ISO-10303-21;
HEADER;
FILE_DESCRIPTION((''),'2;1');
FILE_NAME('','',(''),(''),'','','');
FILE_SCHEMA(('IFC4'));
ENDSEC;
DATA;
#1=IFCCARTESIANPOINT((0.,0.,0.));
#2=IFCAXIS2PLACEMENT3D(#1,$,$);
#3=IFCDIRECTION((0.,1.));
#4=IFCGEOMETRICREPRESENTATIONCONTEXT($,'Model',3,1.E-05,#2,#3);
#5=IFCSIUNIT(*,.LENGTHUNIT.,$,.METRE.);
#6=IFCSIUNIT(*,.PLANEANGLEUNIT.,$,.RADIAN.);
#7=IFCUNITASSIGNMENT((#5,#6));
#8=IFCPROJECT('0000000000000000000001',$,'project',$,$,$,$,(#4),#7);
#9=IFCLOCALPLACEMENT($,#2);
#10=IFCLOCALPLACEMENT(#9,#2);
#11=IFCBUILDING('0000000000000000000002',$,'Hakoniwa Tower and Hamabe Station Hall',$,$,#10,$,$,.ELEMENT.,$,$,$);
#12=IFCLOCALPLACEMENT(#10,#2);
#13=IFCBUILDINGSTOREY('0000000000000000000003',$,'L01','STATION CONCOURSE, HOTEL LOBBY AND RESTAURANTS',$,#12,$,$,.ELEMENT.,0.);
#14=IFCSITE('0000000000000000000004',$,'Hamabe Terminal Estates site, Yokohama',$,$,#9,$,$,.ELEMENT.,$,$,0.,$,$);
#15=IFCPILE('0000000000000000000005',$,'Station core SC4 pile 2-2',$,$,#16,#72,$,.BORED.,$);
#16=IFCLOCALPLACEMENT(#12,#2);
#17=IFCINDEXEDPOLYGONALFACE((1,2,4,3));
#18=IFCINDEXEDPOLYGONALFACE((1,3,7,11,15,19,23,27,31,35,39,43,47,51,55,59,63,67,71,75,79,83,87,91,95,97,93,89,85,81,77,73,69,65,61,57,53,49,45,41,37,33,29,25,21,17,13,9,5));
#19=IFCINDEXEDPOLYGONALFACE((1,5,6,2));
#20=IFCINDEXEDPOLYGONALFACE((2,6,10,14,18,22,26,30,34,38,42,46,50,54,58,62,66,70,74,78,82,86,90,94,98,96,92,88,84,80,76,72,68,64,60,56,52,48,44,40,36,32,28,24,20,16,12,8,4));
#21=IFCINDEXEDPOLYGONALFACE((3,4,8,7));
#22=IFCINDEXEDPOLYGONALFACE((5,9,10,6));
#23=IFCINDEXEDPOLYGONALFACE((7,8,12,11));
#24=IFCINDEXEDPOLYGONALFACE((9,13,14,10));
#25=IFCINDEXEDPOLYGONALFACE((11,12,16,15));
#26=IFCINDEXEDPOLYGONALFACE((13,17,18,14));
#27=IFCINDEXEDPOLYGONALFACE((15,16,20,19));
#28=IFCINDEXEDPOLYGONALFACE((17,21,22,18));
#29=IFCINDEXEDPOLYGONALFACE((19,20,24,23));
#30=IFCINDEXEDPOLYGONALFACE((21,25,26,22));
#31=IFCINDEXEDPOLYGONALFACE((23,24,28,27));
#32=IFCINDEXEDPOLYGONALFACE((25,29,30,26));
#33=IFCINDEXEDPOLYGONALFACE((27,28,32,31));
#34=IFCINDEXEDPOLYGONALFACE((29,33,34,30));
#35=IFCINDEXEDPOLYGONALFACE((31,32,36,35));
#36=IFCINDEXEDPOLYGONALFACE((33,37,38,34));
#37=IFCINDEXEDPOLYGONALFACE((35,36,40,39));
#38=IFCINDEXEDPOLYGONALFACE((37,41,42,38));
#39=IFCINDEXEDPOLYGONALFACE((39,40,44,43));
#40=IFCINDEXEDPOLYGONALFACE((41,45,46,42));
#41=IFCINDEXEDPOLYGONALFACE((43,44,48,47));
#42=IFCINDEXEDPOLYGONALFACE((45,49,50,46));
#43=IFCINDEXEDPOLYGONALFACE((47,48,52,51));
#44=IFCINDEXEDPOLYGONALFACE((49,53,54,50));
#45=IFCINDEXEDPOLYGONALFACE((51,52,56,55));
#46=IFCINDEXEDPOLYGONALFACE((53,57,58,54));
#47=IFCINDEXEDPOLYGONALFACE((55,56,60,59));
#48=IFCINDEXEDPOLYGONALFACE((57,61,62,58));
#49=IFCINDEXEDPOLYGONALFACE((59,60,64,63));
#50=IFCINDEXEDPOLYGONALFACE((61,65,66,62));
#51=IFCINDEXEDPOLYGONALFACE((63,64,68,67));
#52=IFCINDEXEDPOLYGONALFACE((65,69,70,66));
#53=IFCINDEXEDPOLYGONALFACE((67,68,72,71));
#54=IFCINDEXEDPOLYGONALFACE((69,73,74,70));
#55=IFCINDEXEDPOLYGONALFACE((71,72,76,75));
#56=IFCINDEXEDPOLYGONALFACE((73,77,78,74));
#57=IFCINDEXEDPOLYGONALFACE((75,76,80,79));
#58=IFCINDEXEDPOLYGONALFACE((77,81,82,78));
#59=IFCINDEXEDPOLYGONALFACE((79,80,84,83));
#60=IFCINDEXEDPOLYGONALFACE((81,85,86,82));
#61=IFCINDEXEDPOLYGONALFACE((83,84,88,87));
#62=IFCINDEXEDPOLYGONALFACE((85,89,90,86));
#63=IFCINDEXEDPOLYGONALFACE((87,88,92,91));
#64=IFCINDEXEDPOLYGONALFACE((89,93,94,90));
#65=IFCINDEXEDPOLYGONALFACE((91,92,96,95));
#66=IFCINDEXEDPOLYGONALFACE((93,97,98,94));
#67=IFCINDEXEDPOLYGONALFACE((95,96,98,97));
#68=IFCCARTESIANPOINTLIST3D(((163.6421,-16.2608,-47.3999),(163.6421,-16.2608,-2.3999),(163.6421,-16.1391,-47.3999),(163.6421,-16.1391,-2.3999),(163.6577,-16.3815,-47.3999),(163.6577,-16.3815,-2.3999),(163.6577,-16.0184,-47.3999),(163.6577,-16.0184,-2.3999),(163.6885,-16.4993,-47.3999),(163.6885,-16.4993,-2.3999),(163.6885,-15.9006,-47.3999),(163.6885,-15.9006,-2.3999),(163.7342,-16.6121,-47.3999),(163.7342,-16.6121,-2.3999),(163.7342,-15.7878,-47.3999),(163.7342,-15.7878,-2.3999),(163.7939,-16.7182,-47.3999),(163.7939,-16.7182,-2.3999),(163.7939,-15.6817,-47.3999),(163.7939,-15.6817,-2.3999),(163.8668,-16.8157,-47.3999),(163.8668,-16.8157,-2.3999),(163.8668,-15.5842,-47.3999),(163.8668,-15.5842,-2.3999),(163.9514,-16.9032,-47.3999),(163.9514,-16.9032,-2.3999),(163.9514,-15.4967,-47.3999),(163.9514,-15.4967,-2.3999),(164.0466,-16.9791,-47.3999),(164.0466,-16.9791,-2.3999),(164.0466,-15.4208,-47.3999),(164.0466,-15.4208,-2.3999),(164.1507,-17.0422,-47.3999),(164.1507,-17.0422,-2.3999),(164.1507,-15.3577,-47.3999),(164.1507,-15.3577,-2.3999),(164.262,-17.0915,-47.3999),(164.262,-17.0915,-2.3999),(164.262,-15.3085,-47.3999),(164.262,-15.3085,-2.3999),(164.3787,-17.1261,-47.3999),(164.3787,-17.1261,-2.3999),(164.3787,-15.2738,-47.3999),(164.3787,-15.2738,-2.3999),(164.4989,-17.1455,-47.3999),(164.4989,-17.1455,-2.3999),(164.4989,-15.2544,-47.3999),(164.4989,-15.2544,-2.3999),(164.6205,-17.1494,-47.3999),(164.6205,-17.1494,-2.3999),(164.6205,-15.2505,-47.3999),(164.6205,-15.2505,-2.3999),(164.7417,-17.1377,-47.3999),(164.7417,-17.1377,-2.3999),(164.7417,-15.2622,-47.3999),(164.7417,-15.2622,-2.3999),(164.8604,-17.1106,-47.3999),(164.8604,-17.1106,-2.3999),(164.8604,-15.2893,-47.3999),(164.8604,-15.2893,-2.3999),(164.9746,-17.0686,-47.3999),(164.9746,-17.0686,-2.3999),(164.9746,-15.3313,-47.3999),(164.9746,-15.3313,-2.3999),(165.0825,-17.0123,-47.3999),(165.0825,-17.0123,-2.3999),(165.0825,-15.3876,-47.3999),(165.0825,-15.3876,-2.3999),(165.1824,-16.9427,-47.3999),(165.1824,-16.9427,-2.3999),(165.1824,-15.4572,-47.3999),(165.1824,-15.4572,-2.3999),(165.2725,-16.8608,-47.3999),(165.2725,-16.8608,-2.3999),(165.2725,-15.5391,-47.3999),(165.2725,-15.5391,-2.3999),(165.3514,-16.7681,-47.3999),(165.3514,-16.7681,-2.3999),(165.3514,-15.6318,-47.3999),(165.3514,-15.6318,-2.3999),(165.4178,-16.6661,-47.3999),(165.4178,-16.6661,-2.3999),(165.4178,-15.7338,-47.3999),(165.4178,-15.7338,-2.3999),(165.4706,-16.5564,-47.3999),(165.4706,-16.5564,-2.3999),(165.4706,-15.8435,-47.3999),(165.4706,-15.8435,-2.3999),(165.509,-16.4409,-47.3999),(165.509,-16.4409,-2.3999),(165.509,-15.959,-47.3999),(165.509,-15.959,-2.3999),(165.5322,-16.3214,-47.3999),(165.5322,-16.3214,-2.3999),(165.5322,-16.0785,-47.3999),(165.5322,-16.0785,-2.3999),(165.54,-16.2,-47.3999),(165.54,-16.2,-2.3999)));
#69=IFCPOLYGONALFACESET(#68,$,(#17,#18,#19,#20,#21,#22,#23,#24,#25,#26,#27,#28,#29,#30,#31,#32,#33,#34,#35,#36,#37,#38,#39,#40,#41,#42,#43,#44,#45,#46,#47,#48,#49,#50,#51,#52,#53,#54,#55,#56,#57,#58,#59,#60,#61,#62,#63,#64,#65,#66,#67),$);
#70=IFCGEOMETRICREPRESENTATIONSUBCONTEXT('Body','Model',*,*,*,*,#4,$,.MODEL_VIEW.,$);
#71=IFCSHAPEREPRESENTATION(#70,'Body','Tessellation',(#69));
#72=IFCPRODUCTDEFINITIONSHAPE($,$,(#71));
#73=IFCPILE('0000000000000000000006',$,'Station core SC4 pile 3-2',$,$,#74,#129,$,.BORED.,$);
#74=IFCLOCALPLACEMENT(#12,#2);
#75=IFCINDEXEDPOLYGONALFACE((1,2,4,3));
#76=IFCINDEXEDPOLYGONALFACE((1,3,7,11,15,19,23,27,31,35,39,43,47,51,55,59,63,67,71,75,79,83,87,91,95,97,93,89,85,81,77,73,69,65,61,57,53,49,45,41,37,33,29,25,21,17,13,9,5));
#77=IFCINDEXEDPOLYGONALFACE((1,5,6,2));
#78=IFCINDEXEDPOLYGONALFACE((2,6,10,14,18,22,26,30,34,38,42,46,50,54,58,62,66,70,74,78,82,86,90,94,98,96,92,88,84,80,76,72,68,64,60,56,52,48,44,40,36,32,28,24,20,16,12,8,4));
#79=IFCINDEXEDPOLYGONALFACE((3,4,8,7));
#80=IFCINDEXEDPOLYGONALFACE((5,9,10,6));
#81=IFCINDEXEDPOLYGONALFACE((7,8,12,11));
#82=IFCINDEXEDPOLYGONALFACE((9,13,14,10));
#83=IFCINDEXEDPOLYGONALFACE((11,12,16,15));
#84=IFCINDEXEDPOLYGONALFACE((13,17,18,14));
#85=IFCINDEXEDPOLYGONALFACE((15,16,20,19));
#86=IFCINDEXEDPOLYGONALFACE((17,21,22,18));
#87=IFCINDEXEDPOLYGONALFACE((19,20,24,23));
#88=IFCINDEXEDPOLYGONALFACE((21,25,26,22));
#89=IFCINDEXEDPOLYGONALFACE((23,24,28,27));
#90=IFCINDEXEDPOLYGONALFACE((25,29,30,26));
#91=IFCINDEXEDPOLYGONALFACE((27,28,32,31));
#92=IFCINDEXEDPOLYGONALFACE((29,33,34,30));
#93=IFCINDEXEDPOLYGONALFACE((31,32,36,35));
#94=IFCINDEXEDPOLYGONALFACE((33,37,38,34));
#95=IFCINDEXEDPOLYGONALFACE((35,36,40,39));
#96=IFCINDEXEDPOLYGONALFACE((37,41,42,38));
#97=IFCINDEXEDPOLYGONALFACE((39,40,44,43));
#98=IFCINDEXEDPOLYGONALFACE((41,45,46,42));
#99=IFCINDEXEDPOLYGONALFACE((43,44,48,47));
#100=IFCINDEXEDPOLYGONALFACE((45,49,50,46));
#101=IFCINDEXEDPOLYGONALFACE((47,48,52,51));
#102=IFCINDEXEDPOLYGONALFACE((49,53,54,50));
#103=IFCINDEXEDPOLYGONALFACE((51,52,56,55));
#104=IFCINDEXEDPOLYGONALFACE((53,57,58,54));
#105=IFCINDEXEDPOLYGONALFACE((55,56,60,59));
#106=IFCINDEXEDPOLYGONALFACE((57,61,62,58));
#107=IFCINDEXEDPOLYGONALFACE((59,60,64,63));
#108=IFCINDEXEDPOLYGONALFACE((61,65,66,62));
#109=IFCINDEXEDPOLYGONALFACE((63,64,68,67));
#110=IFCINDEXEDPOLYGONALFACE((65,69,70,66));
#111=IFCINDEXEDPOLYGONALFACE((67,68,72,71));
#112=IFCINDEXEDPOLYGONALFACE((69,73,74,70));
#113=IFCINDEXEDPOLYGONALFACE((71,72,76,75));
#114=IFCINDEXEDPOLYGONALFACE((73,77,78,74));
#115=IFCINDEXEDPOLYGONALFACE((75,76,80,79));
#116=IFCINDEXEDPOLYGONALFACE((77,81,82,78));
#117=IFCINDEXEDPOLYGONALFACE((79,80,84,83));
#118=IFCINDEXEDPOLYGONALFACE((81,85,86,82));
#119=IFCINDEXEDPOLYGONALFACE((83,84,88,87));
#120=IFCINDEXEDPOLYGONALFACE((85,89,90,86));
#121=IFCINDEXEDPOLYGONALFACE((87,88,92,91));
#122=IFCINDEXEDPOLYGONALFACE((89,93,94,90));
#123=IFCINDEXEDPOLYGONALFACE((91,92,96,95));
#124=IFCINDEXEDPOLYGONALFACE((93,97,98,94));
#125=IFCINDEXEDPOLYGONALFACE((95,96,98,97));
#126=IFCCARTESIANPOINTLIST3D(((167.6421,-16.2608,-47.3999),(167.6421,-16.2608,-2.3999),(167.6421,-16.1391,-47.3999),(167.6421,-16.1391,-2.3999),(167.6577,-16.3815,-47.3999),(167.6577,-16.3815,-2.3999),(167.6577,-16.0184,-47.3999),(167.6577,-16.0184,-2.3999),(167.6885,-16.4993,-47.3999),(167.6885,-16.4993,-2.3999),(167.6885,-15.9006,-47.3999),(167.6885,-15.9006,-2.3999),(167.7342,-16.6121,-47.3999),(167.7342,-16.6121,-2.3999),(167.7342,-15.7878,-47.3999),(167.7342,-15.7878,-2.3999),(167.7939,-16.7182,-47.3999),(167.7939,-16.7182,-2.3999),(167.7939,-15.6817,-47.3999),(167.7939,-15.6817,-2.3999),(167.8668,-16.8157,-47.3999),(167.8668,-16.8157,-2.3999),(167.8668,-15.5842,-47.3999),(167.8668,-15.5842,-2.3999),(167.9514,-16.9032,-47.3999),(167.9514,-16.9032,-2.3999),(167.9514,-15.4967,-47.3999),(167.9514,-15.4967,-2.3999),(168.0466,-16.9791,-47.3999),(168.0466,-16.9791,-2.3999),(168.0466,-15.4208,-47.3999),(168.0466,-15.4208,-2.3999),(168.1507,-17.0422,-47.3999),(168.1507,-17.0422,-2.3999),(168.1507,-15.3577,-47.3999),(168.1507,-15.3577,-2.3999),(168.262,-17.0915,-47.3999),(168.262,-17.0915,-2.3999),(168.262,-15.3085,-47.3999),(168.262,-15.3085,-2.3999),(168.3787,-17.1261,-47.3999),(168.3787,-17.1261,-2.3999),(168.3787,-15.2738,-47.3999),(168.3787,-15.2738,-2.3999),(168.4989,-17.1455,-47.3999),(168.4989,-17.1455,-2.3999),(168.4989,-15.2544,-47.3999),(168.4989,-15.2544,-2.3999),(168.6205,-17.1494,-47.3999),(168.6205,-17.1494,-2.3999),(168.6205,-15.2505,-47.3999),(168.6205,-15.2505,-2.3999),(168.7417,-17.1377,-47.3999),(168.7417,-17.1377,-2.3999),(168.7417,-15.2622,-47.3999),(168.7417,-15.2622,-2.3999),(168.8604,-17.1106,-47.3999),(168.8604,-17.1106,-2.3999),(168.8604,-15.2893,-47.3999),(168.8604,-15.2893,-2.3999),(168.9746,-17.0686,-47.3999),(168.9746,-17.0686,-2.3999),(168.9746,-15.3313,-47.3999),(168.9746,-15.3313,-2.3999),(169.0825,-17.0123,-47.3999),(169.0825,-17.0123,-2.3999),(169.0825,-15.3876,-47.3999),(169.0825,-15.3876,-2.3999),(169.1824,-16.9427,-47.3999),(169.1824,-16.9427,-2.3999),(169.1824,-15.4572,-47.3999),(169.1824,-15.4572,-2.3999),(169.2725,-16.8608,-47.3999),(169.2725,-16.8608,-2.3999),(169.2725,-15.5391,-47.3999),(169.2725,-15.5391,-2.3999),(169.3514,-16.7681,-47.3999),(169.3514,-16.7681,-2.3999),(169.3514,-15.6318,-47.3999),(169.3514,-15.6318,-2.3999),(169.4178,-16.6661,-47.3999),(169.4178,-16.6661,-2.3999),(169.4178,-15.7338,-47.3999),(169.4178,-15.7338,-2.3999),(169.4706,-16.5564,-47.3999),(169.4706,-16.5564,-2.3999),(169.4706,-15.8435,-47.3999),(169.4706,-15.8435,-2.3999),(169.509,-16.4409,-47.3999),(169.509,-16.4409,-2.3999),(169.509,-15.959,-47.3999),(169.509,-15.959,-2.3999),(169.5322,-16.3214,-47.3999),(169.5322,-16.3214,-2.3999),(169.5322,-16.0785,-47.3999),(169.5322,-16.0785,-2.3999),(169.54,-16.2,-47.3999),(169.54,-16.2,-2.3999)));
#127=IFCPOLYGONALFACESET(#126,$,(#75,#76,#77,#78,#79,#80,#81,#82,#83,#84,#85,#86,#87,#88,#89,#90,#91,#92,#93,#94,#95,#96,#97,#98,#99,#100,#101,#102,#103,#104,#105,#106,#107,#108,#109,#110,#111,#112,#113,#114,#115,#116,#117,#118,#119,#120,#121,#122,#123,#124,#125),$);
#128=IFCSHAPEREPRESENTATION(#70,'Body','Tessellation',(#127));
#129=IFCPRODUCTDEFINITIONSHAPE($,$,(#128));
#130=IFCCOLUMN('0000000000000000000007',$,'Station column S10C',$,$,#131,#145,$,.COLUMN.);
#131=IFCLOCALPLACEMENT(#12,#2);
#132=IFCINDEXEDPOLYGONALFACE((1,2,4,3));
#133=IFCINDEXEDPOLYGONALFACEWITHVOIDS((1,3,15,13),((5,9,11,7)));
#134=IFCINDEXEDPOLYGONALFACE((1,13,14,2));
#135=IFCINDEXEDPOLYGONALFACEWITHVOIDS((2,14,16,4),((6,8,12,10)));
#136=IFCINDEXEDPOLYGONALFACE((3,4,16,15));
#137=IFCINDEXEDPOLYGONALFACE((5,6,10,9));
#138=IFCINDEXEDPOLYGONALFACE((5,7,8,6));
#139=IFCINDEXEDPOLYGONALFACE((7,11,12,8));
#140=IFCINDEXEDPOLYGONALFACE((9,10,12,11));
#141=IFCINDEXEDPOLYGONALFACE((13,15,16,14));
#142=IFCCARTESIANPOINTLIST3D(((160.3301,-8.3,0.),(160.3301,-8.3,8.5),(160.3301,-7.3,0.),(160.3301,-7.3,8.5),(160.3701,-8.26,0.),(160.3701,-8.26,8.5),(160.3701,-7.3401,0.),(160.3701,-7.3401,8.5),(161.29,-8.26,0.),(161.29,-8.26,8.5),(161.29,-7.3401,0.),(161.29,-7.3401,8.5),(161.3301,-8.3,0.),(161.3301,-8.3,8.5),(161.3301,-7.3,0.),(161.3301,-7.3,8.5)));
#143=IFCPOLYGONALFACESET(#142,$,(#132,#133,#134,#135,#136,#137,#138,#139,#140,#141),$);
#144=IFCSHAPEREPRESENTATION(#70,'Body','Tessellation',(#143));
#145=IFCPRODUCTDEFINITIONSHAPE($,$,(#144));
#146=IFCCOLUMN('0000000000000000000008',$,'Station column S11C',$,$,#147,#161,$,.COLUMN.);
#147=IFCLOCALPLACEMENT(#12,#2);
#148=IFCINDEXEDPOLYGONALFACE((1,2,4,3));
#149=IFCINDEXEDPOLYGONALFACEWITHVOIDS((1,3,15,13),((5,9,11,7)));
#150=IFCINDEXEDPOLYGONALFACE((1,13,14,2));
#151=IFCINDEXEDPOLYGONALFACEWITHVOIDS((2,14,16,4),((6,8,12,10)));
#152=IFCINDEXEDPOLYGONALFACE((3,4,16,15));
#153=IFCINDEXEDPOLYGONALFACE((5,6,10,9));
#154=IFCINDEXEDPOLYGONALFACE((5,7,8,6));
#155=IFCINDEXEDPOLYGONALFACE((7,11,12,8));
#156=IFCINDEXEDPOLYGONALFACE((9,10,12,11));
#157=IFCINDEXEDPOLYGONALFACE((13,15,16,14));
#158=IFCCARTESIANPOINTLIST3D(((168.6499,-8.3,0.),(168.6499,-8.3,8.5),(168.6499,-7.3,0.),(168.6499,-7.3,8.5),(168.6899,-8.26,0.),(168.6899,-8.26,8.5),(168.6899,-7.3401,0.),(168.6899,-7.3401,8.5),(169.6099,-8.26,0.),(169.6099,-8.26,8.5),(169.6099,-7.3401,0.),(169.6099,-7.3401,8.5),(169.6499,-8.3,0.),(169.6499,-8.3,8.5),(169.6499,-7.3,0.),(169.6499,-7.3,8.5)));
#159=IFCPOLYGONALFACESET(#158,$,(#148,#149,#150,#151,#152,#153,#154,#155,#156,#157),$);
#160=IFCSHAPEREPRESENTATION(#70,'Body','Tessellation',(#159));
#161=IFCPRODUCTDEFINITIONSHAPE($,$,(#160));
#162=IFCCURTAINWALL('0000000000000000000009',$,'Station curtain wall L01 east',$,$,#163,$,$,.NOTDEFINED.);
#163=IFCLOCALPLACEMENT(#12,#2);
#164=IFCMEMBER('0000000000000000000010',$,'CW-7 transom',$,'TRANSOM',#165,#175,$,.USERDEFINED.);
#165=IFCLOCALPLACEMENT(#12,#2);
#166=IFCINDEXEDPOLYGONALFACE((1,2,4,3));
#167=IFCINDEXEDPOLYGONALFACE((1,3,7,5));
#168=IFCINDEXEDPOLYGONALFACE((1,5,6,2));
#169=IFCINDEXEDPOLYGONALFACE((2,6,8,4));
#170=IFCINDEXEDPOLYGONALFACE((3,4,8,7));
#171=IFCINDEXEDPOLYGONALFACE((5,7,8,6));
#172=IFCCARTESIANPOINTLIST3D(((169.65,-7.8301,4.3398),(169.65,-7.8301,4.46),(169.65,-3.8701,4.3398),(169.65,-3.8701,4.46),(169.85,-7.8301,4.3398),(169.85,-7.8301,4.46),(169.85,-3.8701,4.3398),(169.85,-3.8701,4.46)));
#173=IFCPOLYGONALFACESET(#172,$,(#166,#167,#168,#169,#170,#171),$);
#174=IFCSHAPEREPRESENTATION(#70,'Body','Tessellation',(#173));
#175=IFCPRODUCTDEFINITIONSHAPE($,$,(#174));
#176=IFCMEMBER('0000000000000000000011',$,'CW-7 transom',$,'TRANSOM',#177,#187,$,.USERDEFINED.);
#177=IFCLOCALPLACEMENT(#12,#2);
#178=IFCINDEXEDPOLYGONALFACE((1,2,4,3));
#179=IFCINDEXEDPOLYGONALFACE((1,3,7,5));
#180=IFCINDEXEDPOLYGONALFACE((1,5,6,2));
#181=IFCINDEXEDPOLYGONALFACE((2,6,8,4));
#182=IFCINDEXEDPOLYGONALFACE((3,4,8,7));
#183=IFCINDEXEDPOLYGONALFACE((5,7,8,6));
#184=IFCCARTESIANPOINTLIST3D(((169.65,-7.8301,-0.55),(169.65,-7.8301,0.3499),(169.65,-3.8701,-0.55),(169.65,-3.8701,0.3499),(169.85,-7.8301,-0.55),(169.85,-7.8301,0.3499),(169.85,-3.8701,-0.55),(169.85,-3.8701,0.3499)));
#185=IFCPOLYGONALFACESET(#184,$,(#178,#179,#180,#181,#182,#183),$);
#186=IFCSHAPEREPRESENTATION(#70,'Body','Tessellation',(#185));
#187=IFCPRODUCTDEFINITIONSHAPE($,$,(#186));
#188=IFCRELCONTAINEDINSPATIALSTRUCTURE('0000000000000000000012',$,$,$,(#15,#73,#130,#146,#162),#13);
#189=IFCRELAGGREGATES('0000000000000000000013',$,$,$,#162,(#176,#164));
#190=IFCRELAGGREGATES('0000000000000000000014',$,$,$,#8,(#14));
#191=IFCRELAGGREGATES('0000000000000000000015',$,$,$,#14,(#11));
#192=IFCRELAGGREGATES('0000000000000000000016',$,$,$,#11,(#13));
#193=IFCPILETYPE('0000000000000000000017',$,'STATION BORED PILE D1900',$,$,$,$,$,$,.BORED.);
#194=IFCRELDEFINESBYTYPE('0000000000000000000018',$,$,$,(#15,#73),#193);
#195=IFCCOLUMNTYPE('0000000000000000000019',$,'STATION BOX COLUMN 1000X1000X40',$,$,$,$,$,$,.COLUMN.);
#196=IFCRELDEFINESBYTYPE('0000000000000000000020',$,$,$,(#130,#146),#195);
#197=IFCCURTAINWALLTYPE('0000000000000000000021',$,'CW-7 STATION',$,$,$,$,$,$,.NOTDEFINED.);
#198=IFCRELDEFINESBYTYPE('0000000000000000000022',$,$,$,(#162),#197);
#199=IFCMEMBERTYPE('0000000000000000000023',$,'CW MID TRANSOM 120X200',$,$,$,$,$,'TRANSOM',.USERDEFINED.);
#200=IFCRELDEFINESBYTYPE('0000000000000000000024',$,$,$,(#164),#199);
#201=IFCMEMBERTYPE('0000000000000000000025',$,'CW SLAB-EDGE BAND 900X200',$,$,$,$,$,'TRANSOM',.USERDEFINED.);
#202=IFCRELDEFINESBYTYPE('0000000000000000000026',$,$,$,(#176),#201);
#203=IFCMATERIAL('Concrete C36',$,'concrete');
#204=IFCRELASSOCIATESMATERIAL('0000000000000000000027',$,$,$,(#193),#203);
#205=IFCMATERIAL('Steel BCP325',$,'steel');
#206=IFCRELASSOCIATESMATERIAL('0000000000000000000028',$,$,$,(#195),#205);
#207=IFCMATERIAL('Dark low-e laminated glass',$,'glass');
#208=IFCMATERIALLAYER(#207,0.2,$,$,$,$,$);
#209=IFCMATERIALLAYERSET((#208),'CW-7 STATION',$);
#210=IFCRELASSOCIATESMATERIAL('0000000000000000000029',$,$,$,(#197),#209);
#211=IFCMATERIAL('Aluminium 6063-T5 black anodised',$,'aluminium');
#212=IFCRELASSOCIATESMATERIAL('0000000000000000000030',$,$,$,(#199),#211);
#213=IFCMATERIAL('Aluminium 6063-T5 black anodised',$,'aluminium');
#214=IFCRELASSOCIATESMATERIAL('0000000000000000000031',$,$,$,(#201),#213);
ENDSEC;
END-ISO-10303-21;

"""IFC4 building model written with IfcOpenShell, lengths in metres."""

from ifc_helpers import new_model, si_unit, direction, frame, origin, origin_2d, place, context, subcontext, project, spatial, rectangle, hollow_rectangle, circle, extrude, material, layer, layer_set, material_profile, profile_set, type_object, element, aggregate, save


model = new_model("IFC4")

# Units and contexts
model_context = context("Model", 3, precision=1e-05, world=origin(), true_north=direction((0.0, 1.0)))
body_context = subcontext(model_context, "Body", "Model", "MODEL_VIEW")
ifc_project = project(units=[si_unit("LENGTHUNIT", "METRE"), si_unit("PLANEANGLEUNIT", "RADIAN")], contexts=[model_context])

# Site, building, storey
site_placement = place(None, origin())
site = spatial("IfcSite", under=ifc_project, at=site_placement, Name="Hamabe Terminal Estates site, Yokohama", CompositionType="ELEMENT", RefElevation=0.0)
building_placement = place(site_placement, origin())
building = spatial("IfcBuilding", under=site, at=building_placement, Name="Hakoniwa Tower and Hamabe Station Hall", CompositionType="ELEMENT")
storey_placement = place(building_placement, origin())
storey = spatial("IfcBuildingStorey", under=building, at=storey_placement, Name="L01", Description="STATION CONCOURSE, HOTEL LOBBY AND RESTAURANTS", CompositionType="ELEMENT", Elevation=0.0)

# Piles
ifc_material_1 = material(Name="Concrete C36", Category="concrete")
ifc_material_profile_1 = material_profile(ifc_material_1, circle(Radius=0.95, at=origin_2d()), Name="STATION BORED PILE D1900")
ifc_profile_set_1 = profile_set([ifc_material_profile_1], Name="Concrete C36")
pile_type = type_object("IfcPileType", Name="STATION BORED PILE D1900", PredefinedType="BORED", material=ifc_profile_set_1)
for number, where, z_axis, x_axis, name in (
    (1, (164.5901, -16.2, -2.3999), (0.0, 0.0, -1.0), (1.0, 0.0, 0.0), "Station core SC4 pile 2-2"),
    (2, (168.5901, -16.2, -2.3999), (0.0, 0.0, -1.0), (1.0, 0.0, 0.0), "Station core SC4 pile 3-2"),
):
    element("IfcPile", number, at=place(storey_placement, frame(where, z_axis=z_axis, x_axis=x_axis)), inside=storey, type_object=pile_type, Name=name, PredefinedType="BORED", context=body_context, shape_type="SweptSolid", body=[
        extrude(circle(Radius=0.95, at=origin_2d()), origin(), (0.0, 0.0, 1.0), 45.0),
    ])

# Columns
ifc_material_2 = material(Name="Steel BCP325", Category="steel")
ifc_material_profile_2 = material_profile(ifc_material_2, hollow_rectangle(XDim=1.0, YDim=1.0, WallThickness=0.04, at=origin_2d()), Name="STATION BOX COLUMN 1000X1000X40")
ifc_profile_set_2 = profile_set([ifc_material_profile_2], Name="Steel BCP325")
column_type = type_object("IfcColumnType", Name="STATION BOX COLUMN 1000X1000X40", PredefinedType="COLUMN", material=ifc_profile_set_2)
for number, where, z_axis, x_axis, name in (
    (3, (160.8301, -7.8, 0.0), (0.0, 0.0, 1.0), (1.0, 0.0, 0.0), "Station column S10C"),
    (4, (169.1499, -7.8, 0.0), (0.0, 0.0, 1.0), (1.0, 0.0, 0.0), "Station column S11C"),
):
    element("IfcColumn", number, at=place(storey_placement, frame(where, z_axis=z_axis, x_axis=x_axis)), inside=storey, type_object=column_type, Name=name, PredefinedType="COLUMN", context=body_context, shape_type="SweptSolid", body=[
        extrude(hollow_rectangle(XDim=1.0, YDim=1.0, WallThickness=0.04, at=origin_2d()), origin(), (0.0, 0.0, 1.0), 8.5),
    ])

# Curtain wall, members
ifc_material_3 = material(Name="Dark low-e laminated glass", Category="glass")
ifc_layer_1 = layer(ifc_material_3, 0.2)
ifc_layer_set_1 = layer_set([ifc_layer_1], Name="CW-7 STATION")
curtain_wall_type = type_object("IfcCurtainWallType", Name="CW-7 STATION", PredefinedType="NOTDEFINED", material=ifc_layer_set_1)
curtain_wall_placement = place(storey_placement, origin())
curtain_wall = element("IfcCurtainWall", 5, at=curtain_wall_placement, inside=storey, type_object=curtain_wall_type, Name="Station curtain wall L01 east", PredefinedType="NOTDEFINED")
ifc_material_4 = material(Name="Aluminium 6063-T5 black anodised", Category="aluminium")
ifc_material_profile_3 = material_profile(ifc_material_4, rectangle(XDim=0.2, YDim=0.1201, at=origin_2d()), Name="CW MID TRANSOM 120X200")
ifc_profile_set_3 = profile_set([ifc_material_profile_3], Name="Aluminium 6063-T5 black anodised")
member_type_1 = type_object("IfcMemberType", Name="CW MID TRANSOM 120X200", ElementType="TRANSOM", PredefinedType="USERDEFINED", material=ifc_profile_set_3)
member_1_placement = place(storey_placement, frame((169.75, -7.8301, 4.3999), z_axis=(0.0, 1.0, 0.0), x_axis=(-1.0, 0.0, 0.0)))
member_1 = element("IfcMember", 6, at=member_1_placement, type_object=member_type_1, Name="CW-7 transom", ObjectType="TRANSOM", PredefinedType="USERDEFINED", context=body_context, shape_type="SweptSolid", body=[
    extrude(rectangle(XDim=0.2, YDim=0.1201, at=origin_2d()), origin(), (0.0, 0.0, 1.0), 3.96),
])
ifc_material_5 = material(Name="Aluminium 6063-T5 black anodised", Category="aluminium")
ifc_material_profile_4 = material_profile(ifc_material_5, rectangle(XDim=0.2, YDim=0.8999, at=origin_2d()), Name="CW SLAB-EDGE BAND 900X200")
ifc_profile_set_4 = profile_set([ifc_material_profile_4], Name="Aluminium 6063-T5 black anodised")
member_type_2 = type_object("IfcMemberType", Name="CW SLAB-EDGE BAND 900X200", ElementType="TRANSOM", PredefinedType="USERDEFINED", material=ifc_profile_set_4)
member_2_placement = place(storey_placement, frame((169.75, -7.8301, -0.1001), z_axis=(0.0, 1.0, 0.0), x_axis=(-1.0, 0.0, 0.0)))
member_2 = element("IfcMember", 7, at=member_2_placement, type_object=member_type_2, Name="CW-7 transom", ObjectType="TRANSOM", PredefinedType="USERDEFINED", context=body_context, shape_type="SweptSolid", body=[
    extrude(rectangle(XDim=0.2, YDim=0.8999, at=origin_2d()), origin(), (0.0, 0.0, 1.0), 3.96),
])
aggregate(curtain_wall, [member_2, member_1])

save(model, "model.ifc")
